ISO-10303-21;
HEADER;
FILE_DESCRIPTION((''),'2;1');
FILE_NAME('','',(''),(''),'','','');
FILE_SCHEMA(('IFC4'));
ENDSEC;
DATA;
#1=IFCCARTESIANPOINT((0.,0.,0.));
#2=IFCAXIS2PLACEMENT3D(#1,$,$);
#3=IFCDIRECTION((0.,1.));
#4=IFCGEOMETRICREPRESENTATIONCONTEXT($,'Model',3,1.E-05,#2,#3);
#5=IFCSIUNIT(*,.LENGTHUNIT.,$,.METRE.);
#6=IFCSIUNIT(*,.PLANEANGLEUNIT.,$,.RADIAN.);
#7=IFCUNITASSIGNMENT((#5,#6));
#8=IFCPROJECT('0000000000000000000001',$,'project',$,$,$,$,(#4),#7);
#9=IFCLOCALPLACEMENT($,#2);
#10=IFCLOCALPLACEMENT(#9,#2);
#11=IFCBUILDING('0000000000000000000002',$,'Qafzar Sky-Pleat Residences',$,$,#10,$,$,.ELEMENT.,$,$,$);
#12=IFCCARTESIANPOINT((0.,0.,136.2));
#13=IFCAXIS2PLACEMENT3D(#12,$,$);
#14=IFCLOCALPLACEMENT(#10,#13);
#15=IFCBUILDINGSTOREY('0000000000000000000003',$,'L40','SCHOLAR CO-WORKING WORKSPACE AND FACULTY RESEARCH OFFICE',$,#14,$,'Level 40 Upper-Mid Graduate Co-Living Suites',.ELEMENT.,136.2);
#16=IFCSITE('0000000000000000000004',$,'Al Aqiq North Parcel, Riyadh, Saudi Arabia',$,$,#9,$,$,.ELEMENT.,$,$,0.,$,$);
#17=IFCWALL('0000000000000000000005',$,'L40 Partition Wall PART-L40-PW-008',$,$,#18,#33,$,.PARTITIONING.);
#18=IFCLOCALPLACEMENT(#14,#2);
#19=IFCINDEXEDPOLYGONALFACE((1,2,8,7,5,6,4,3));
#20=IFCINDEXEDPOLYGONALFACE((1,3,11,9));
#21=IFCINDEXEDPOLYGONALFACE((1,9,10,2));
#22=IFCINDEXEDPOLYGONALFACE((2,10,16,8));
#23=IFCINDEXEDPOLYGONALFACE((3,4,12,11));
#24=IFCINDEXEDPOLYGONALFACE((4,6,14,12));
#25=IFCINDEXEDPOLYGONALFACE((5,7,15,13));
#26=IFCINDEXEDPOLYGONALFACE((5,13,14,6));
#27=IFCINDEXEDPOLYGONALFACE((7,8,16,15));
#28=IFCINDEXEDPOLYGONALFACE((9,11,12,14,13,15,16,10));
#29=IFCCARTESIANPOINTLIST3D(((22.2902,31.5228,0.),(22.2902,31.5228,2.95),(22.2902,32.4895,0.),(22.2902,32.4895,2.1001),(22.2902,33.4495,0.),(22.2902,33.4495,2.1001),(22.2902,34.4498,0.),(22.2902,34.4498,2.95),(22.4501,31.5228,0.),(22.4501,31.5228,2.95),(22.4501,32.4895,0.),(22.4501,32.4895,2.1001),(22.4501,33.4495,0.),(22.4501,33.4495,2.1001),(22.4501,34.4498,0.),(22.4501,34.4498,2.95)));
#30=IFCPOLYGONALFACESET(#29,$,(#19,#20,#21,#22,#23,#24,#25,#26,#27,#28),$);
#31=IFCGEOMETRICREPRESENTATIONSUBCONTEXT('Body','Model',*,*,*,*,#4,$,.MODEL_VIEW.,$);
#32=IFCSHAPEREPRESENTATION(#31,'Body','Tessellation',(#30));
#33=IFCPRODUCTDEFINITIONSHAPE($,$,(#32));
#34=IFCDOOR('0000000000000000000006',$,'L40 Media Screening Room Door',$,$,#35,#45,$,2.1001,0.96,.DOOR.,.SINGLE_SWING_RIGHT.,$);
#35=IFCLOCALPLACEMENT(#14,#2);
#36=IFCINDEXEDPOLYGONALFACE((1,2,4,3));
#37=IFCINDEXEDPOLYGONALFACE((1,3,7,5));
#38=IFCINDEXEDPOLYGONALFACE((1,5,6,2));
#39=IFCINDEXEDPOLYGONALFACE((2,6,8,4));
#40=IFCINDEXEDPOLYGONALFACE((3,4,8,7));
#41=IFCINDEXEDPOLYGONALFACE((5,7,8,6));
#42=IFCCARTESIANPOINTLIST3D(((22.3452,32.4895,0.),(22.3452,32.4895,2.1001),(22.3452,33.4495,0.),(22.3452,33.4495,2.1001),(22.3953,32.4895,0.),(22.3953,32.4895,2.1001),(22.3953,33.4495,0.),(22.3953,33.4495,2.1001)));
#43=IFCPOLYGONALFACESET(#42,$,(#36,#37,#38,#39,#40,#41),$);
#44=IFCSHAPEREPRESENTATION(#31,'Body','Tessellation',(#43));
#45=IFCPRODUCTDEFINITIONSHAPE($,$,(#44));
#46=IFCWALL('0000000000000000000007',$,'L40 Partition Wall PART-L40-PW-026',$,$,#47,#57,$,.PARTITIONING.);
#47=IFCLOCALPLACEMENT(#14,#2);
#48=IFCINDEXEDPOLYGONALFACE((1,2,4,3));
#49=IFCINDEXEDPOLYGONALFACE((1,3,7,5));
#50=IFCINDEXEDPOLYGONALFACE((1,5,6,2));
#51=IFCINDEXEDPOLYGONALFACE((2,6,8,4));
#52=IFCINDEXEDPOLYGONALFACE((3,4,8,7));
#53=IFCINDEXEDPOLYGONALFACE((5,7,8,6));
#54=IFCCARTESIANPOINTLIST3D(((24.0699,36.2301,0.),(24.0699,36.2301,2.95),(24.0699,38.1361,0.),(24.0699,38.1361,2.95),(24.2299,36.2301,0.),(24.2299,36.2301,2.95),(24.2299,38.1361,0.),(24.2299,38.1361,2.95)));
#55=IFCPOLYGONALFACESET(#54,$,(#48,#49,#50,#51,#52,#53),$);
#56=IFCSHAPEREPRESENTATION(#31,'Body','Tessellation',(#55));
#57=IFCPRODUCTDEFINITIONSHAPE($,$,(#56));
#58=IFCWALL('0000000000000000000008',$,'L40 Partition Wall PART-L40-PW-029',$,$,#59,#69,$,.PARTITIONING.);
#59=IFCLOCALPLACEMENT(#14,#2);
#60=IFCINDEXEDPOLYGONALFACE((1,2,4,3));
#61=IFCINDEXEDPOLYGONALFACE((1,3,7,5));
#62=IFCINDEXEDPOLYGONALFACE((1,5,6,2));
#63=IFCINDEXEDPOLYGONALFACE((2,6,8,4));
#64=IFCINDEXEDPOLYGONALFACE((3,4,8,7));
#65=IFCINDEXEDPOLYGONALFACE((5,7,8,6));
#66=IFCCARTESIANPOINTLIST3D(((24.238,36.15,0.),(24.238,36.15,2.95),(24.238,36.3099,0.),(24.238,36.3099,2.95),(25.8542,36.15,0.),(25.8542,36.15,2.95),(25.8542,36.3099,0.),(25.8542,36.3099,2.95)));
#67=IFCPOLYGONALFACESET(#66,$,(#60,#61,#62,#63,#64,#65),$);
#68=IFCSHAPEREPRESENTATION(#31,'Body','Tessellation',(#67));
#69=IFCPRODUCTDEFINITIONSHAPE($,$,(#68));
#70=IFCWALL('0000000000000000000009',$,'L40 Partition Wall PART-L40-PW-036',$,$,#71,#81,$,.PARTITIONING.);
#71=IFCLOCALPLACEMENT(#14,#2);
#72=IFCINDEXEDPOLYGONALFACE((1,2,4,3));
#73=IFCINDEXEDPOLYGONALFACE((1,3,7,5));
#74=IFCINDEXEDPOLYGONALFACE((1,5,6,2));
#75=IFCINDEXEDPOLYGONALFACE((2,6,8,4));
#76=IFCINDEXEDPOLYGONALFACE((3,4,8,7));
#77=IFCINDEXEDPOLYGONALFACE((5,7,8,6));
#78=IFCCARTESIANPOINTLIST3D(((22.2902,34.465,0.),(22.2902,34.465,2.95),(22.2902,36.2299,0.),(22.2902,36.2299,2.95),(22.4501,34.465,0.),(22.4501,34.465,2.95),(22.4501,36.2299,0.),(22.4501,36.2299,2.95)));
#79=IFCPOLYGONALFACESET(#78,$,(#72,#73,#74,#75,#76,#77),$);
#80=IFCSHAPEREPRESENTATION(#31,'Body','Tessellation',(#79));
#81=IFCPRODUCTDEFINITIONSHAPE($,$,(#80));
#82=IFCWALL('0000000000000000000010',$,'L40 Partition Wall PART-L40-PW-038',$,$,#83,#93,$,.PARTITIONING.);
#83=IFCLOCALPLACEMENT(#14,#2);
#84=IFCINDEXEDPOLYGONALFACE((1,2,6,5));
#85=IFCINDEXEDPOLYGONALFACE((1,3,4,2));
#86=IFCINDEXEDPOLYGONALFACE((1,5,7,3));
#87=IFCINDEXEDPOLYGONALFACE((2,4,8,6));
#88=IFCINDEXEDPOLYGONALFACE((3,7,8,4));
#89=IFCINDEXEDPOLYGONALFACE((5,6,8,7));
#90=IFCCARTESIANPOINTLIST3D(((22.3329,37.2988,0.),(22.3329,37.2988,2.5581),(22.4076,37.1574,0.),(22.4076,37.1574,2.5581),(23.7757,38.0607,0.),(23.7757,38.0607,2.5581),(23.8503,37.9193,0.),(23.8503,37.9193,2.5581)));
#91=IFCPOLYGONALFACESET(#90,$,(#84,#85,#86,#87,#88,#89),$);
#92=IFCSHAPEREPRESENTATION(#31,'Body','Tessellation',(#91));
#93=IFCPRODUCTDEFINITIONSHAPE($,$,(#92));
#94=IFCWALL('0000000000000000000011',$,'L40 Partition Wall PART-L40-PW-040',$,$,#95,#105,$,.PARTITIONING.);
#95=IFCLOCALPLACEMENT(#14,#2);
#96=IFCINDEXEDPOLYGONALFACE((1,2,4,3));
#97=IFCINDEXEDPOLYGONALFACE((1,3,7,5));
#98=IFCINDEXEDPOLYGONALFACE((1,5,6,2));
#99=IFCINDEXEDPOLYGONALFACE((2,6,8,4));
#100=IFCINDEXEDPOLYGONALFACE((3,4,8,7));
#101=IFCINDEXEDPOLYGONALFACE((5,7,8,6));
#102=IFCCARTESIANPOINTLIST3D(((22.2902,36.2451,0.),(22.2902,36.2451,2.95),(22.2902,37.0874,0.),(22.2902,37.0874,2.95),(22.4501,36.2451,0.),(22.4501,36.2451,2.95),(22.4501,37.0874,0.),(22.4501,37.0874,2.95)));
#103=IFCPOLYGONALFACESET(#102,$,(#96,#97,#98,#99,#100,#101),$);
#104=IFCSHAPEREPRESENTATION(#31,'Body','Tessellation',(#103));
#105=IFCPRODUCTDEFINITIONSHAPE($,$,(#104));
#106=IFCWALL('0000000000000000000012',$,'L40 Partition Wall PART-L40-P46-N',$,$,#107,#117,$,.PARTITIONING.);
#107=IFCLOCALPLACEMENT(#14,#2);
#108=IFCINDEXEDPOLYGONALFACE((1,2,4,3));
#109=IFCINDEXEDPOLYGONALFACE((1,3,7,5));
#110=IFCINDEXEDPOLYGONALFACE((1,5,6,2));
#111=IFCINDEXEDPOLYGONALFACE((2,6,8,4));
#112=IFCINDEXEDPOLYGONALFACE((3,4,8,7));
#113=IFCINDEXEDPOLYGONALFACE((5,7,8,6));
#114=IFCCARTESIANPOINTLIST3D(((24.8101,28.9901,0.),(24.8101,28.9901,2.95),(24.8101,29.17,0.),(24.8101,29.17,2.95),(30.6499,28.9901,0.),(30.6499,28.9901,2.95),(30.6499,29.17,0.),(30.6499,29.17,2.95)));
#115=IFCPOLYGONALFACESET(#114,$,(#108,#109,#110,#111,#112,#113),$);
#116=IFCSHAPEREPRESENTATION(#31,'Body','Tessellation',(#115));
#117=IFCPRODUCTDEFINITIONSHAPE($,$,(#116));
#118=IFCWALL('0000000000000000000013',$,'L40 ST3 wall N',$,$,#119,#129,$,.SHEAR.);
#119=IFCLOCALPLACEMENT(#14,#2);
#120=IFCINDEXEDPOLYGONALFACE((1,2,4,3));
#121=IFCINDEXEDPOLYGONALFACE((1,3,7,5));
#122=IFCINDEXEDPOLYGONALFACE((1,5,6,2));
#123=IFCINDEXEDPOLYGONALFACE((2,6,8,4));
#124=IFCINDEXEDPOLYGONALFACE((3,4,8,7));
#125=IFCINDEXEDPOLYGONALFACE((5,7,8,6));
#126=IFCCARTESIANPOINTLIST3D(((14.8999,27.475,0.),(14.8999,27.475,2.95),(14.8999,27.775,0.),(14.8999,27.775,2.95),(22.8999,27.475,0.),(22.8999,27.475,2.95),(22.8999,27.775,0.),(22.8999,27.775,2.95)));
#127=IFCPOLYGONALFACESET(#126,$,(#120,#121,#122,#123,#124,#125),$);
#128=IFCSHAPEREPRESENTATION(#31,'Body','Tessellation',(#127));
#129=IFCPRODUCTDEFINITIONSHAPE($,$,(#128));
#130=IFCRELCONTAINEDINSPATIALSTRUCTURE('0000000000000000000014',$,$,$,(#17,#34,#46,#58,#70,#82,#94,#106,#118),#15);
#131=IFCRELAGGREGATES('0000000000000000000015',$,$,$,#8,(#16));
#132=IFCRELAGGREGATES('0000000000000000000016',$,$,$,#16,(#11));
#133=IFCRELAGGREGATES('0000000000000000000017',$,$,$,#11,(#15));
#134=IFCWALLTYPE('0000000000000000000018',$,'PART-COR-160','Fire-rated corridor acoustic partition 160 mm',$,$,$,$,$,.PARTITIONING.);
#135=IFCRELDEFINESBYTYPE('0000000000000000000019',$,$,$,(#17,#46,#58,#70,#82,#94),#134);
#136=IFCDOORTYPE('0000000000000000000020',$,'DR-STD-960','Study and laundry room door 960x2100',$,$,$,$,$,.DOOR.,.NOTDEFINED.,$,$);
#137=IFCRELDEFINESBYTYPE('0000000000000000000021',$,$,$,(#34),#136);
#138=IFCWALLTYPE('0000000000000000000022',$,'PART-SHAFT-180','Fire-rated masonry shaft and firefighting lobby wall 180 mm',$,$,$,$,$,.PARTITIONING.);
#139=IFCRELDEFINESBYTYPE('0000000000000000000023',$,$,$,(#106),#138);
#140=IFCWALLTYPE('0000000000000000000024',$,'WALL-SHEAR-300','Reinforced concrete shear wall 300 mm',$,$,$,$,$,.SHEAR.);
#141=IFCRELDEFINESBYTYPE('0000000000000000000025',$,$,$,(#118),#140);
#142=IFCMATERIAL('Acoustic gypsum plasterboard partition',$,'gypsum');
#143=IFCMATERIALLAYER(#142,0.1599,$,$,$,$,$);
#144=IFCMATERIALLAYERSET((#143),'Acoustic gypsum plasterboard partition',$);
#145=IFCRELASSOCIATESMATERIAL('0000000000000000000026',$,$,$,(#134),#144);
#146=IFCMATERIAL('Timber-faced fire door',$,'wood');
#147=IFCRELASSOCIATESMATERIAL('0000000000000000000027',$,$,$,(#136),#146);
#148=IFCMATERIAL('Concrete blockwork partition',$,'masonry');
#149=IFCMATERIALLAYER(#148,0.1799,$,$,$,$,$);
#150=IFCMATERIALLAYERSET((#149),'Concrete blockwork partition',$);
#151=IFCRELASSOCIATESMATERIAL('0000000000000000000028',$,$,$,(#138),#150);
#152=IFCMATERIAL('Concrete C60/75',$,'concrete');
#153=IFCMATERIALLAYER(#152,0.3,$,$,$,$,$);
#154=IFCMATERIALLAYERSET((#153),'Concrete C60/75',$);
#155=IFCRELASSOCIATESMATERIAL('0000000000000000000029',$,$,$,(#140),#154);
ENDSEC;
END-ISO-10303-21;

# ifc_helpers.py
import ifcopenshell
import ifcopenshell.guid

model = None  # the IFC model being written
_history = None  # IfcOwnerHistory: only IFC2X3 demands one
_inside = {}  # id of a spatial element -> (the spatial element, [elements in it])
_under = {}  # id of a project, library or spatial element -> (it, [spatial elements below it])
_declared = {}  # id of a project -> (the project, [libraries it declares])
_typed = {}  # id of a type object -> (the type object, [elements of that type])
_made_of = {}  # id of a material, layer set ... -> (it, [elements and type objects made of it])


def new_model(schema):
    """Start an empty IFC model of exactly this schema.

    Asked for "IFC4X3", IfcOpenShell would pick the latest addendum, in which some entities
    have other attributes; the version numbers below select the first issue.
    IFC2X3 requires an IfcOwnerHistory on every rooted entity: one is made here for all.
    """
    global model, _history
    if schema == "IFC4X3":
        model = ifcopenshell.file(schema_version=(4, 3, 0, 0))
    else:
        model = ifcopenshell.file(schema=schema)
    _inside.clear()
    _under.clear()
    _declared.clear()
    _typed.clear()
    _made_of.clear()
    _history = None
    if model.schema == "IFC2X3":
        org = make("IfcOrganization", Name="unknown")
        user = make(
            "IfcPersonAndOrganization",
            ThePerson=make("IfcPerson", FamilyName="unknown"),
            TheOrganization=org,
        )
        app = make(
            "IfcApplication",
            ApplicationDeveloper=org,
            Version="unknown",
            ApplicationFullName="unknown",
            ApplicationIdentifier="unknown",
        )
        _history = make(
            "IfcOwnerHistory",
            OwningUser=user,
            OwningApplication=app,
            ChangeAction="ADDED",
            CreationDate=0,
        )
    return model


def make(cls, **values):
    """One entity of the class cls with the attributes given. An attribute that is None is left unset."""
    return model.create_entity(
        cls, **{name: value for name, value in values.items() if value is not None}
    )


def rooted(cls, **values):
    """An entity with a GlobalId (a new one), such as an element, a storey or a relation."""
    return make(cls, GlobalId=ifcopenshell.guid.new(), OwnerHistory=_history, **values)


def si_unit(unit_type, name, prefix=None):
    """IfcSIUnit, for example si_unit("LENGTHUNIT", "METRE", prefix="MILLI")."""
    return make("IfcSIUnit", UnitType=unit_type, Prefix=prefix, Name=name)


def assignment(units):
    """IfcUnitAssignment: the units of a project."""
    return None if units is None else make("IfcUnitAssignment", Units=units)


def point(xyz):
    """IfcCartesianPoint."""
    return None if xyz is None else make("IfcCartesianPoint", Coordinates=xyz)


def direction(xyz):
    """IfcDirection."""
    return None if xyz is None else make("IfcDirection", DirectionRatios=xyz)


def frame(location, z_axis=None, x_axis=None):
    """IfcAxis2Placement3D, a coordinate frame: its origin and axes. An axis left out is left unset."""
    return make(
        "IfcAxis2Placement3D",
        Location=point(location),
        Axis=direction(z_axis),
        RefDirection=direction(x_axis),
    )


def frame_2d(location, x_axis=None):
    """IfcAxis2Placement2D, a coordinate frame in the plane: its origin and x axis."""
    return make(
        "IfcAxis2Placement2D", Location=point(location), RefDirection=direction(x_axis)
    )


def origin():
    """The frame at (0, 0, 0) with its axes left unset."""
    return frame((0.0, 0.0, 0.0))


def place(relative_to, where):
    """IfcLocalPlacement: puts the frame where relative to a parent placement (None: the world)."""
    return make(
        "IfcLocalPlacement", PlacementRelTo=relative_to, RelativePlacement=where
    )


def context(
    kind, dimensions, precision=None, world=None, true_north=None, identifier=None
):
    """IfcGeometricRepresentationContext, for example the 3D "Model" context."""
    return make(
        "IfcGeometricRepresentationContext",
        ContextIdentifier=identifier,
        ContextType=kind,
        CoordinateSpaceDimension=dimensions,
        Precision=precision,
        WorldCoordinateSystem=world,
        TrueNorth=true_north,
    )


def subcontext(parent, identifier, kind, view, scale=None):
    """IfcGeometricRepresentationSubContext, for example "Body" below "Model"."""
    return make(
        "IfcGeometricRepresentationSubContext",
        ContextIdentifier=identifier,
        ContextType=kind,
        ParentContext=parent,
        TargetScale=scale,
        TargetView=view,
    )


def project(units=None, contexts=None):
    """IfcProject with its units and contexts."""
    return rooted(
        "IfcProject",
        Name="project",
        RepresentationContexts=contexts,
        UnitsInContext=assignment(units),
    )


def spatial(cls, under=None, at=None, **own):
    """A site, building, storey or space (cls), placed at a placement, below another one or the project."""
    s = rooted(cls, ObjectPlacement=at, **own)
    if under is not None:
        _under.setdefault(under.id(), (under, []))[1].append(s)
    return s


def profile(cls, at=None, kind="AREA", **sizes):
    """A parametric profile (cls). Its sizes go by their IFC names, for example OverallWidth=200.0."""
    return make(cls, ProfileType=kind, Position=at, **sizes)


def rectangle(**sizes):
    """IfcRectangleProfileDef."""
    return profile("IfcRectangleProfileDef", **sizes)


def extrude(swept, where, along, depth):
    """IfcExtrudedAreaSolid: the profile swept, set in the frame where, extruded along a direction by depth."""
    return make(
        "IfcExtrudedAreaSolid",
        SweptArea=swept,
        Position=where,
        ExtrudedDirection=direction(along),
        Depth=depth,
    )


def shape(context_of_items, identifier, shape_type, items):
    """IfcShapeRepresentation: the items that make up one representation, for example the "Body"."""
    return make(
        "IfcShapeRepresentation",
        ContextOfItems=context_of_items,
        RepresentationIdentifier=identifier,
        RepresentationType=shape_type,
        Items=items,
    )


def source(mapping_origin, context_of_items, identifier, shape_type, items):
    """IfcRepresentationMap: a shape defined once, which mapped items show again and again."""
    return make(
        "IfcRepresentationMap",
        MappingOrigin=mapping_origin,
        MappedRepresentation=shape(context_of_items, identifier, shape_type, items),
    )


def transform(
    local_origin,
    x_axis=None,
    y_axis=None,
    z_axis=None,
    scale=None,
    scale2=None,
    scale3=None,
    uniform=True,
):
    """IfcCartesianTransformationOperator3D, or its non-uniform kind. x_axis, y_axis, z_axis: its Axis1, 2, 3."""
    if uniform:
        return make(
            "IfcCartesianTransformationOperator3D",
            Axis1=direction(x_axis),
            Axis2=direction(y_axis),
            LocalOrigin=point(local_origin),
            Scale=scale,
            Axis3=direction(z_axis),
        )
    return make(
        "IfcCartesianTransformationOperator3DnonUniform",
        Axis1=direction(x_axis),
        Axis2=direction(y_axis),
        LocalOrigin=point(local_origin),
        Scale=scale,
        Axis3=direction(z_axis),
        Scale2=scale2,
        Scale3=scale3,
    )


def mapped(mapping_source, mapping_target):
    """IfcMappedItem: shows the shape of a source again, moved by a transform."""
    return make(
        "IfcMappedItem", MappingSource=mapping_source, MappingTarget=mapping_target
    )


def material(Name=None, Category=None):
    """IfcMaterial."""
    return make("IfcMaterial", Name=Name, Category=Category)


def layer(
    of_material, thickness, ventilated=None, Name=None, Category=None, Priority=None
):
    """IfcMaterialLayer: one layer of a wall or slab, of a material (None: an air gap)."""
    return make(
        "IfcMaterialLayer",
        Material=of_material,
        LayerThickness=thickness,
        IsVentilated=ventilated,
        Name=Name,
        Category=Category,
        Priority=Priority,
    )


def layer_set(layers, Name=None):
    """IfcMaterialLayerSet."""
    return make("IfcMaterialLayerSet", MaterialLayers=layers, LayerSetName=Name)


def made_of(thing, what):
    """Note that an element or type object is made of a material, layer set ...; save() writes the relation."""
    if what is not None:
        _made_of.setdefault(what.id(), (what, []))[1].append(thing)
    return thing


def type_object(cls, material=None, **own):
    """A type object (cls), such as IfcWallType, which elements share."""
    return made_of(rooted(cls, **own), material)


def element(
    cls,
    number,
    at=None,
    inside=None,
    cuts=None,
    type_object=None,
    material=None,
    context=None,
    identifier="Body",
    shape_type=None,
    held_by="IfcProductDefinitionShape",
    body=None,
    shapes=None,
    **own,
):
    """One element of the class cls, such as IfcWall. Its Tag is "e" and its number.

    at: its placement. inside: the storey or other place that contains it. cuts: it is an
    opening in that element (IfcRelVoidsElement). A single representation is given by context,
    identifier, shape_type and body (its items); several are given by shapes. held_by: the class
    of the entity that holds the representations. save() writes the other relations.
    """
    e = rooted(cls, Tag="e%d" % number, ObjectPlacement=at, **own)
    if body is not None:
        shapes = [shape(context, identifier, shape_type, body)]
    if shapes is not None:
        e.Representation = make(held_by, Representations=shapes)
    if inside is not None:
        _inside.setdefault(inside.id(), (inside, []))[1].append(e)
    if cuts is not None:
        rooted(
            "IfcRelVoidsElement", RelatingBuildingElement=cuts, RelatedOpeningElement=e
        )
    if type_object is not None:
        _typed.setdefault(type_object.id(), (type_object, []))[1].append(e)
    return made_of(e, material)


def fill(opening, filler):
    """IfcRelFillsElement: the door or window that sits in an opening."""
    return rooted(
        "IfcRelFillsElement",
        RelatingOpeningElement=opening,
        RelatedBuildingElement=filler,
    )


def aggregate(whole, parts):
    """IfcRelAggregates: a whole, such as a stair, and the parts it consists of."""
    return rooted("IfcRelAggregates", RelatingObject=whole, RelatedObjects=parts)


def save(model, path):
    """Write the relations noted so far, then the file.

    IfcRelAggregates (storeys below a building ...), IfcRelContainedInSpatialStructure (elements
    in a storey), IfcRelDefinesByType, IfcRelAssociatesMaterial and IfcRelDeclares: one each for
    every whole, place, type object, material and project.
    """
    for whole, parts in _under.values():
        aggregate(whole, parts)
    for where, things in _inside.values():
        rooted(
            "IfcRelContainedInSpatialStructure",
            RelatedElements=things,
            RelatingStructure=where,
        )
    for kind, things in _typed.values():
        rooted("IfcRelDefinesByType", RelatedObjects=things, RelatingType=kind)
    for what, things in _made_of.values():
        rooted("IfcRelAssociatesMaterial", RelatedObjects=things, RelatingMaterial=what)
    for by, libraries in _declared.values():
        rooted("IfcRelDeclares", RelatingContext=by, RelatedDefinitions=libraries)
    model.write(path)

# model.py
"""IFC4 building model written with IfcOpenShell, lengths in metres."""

from ifc_helpers import new_model, si_unit, direction, frame, frame_2d, origin, place, context, subcontext, project, spatial, rectangle, extrude, source, transform, mapped, material, layer, layer_set, type_object, element, fill, save


model = new_model("IFC4")

# Units and contexts
model_context = context("Model", 3, precision=1e-05, world=origin(), true_north=direction((0.0, 1.0)))
body_context = subcontext(model_context, "Body", "Model", "MODEL_VIEW")
ifc_project = project(units=[si_unit("LENGTHUNIT", "METRE"), si_unit("PLANEANGLEUNIT", "RADIAN")], contexts=[model_context])

# Site, building, storey
site_placement = place(None, origin())
site = spatial("IfcSite", under=ifc_project, at=site_placement, Name="Al Aqiq North Parcel, Riyadh, Saudi Arabia", CompositionType="ELEMENT", RefElevation=0.0)
building_placement = place(site_placement, origin())
building = spatial("IfcBuilding", under=site, at=building_placement, Name="Qafzar Sky-Pleat Residences", CompositionType="ELEMENT")
storey_placement = place(building_placement, frame((0.0, 0.0, 136.2)))
storey = spatial("IfcBuildingStorey", under=building, at=storey_placement, Name="L40", Description="SCHOLAR CO-WORKING WORKSPACE AND FACULTY RESEARCH OFFICE", LongName="Level 40 Upper-Mid Graduate Co-Living Suites", CompositionType="ELEMENT", Elevation=136.2)

# Wall, opening, door
ifc_material_1 = material(Name="Acoustic gypsum plasterboard partition", Category="gypsum")
ifc_layer_1 = layer(ifc_material_1, 0.1599)
ifc_layer_set_1 = layer_set([ifc_layer_1], Name="Acoustic gypsum plasterboard partition")
wall_type_1 = type_object("IfcWallType", Name="PART-COR-160", Description="Fire-rated corridor acoustic partition 160 mm", PredefinedType="PARTITIONING", material=ifc_layer_set_1)
ifc_material_2 = material(Name="Timber-faced fire door", Category="wood")
door_type_1 = type_object("IfcDoorType", Name="DR-STD-960", Description="Study and laundry room door 960x2100", OperationType="NOTDEFINED", PredefinedType="DOOR", material=ifc_material_2)
shared_shape_1 = source(origin(), body_context, "Body", "SweptSolid", [
    extrude(rectangle(XDim=0.96, YDim=2.1001, at=frame_2d((0.48, 1.05))), frame((0.0, 0.0249, 0.0), z_axis=(0.0, -1.0, 0.0), x_axis=(1.0, 0.0, 0.0)), (0.0, 0.0, 1.0), 0.05),
])
wall_1_placement = place(storey_placement, frame((22.3701, 31.5229, 0.0), z_axis=(0.0, 0.0, 1.0), x_axis=(0.0, 1.0, 0.0)))
wall_1 = element("IfcWall", 1, at=wall_1_placement, inside=storey, type_object=wall_type_1, Name="L40 Partition Wall PART-L40-PW-008", PredefinedType="PARTITIONING", context=body_context, shape_type="SweptSolid", body=[
    extrude(rectangle(XDim=2.927, YDim=0.1599, at=frame_2d((1.4634, 0.0))), origin(), (0.0, 0.0, 1.0), 2.95),
])
opening_1_placement = place(wall_1_placement, frame((0.9666, 0.0, 0.0)))
opening_1 = element("IfcOpeningElement", 2, at=opening_1_placement, cuts=wall_1, PredefinedType="OPENING", context=body_context, shape_type="SweptSolid", body=[
    extrude(rectangle(XDim=0.96, YDim=2.1001, at=frame_2d((0.48, 1.05))), frame((0.0, 0.0898, 0.0), z_axis=(0.0, -1.0, 0.0), x_axis=(1.0, 0.0, 0.0)), (0.0, 0.0, 1.0), 0.1799),
])
door_1_placement = place(opening_1_placement, origin())
door_1 = element("IfcDoor", 3, at=door_1_placement, inside=storey, type_object=door_type_1, Name="L40 Media Screening Room Door", OperationType="SINGLE_SWING_RIGHT", OverallHeight=2.1001, OverallWidth=0.96, PredefinedType="DOOR", context=body_context, shape_type="MappedRepresentation", body=[
    mapped(shared_shape_1, transform((0.0, 0.0, 0.0), x_axis=(1.0, 0.0, 0.0), y_axis=(0.0, 1.0, 0.0), z_axis=(0.0, 0.0, 1.0), scale=1.0)),
])
fill(opening_1, door_1)

# Walls
wall_2_placement = place(storey_placement, frame((24.1499, 36.23, 0.0), z_axis=(0.0, 0.0, 1.0), x_axis=(0.0, 1.0, 0.0)))
element("IfcWall", 4, at=wall_2_placement, inside=storey, type_object=wall_type_1, Name="L40 Partition Wall PART-L40-PW-026", PredefinedType="PARTITIONING", context=body_context, shape_type="SweptSolid", body=[
    extrude(rectangle(XDim=1.906, YDim=0.1599, at=frame_2d((0.9531, 0.0))), origin(), (0.0, 0.0, 1.0), 2.95),
])
wall_3_placement = place(storey_placement, frame((24.238, 36.23, 0.0), z_axis=(0.0, 0.0, 1.0), x_axis=(1.0, 0.0, 0.0)))
element("IfcWall", 5, at=wall_3_placement, inside=storey, type_object=wall_type_1, Name="L40 Partition Wall PART-L40-PW-029", PredefinedType="PARTITIONING", context=body_context, shape_type="SweptSolid", body=[
    extrude(rectangle(XDim=1.6162, YDim=0.1599, at=frame_2d((0.8081, 0.0))), origin(), (0.0, 0.0, 1.0), 2.95),
])
wall_4_placement = place(storey_placement, frame((22.3701, 34.4651, 0.0), z_axis=(0.0, 0.0, 1.0), x_axis=(0.0, 1.0, 0.0)))
element("IfcWall", 6, at=wall_4_placement, inside=storey, type_object=wall_type_1, Name="L40 Partition Wall PART-L40-PW-036", PredefinedType="PARTITIONING", context=body_context, shape_type="SweptSolid", body=[
    extrude(rectangle(XDim=1.7649, YDim=0.1599, at=frame_2d((0.8823, 0.0))), origin(), (0.0, 0.0, 1.0), 2.95),
])
wall_5_placement = place(storey_placement, frame((22.3701, 37.228, 0.0), z_axis=(0.0, 0.0, 1.0), x_axis=(0.884271, 0.466973, 0.0)))
element("IfcWall", 7, at=wall_5_placement, inside=storey, type_object=wall_type_1, Name="L40 Partition Wall PART-L40-PW-038", PredefinedType="PARTITIONING", context=body_context, shape_type="SweptSolid", body=[
    extrude(rectangle(XDim=1.6316, YDim=0.1599, at=frame_2d((0.8159, 0.0))), origin(), (0.0, 0.0, 1.0), 2.5581),
])
wall_6_placement = place(storey_placement, frame((22.3701, 36.2451, 0.0), z_axis=(0.0, 0.0, 1.0), x_axis=(0.0, 1.0, 0.0)))
element("IfcWall", 8, at=wall_6_placement, inside=storey, type_object=wall_type_1, Name="L40 Partition Wall PART-L40-PW-040", PredefinedType="PARTITIONING", context=body_context, shape_type="SweptSolid", body=[
    extrude(rectangle(XDim=0.8423, YDim=0.1599, at=frame_2d((0.4211, 0.0))), origin(), (0.0, 0.0, 1.0), 2.95),
])
ifc_material_3 = material(Name="Concrete blockwork partition", Category="masonry")
ifc_layer_2 = layer(ifc_material_3, 0.1799)
ifc_layer_set_2 = layer_set([ifc_layer_2], Name="Concrete blockwork partition")
wall_type_2 = type_object("IfcWallType", Name="PART-SHAFT-180", Description="Fire-rated masonry shaft and firefighting lobby wall 180 mm", PredefinedType="PARTITIONING", material=ifc_layer_set_2)
wall_7_placement = place(storey_placement, frame((24.8101, 29.0801, 0.0), z_axis=(0.0, 0.0, 1.0), x_axis=(1.0, 0.0, 0.0)))
element("IfcWall", 9, at=wall_7_placement, inside=storey, type_object=wall_type_2, Name="L40 Partition Wall PART-L40-P46-N", PredefinedType="PARTITIONING", context=body_context, shape_type="SweptSolid", body=[
    extrude(rectangle(XDim=5.8398, YDim=0.1799, at=frame_2d((2.9199, 0.0))), origin(), (0.0, 0.0, 1.0), 2.95),
])

# Shared definitions
ifc_material_4 = material(Name="Concrete C60/75", Category="concrete")
ifc_layer_3 = layer(ifc_material_4, 0.3)
ifc_layer_set_3 = layer_set([ifc_layer_3], Name="Concrete C60/75")
wall_type_3 = type_object("IfcWallType", Name="WALL-SHEAR-300", Description="Reinforced concrete shear wall 300 mm", PredefinedType="SHEAR", material=ifc_layer_set_3)

# Wall
wall_8_placement = place(storey_placement, frame((22.8999, 27.625, 0.0), z_axis=(0.0, 0.0, 1.0), x_axis=(-1.0, 0.0, 0.0)))
element("IfcWall", 10, at=wall_8_placement, inside=storey, type_object=wall_type_3, Name="L40 ST3 wall N", PredefinedType="SHEAR", context=body_context, shape_type="SweptSolid", body=[
    extrude(rectangle(XDim=8.0, YDim=0.3, at=frame_2d((4.0, 0.0))), origin(), (0.0, 0.0, 1.0), 2.95),
])

save(model, "model.ifc")
